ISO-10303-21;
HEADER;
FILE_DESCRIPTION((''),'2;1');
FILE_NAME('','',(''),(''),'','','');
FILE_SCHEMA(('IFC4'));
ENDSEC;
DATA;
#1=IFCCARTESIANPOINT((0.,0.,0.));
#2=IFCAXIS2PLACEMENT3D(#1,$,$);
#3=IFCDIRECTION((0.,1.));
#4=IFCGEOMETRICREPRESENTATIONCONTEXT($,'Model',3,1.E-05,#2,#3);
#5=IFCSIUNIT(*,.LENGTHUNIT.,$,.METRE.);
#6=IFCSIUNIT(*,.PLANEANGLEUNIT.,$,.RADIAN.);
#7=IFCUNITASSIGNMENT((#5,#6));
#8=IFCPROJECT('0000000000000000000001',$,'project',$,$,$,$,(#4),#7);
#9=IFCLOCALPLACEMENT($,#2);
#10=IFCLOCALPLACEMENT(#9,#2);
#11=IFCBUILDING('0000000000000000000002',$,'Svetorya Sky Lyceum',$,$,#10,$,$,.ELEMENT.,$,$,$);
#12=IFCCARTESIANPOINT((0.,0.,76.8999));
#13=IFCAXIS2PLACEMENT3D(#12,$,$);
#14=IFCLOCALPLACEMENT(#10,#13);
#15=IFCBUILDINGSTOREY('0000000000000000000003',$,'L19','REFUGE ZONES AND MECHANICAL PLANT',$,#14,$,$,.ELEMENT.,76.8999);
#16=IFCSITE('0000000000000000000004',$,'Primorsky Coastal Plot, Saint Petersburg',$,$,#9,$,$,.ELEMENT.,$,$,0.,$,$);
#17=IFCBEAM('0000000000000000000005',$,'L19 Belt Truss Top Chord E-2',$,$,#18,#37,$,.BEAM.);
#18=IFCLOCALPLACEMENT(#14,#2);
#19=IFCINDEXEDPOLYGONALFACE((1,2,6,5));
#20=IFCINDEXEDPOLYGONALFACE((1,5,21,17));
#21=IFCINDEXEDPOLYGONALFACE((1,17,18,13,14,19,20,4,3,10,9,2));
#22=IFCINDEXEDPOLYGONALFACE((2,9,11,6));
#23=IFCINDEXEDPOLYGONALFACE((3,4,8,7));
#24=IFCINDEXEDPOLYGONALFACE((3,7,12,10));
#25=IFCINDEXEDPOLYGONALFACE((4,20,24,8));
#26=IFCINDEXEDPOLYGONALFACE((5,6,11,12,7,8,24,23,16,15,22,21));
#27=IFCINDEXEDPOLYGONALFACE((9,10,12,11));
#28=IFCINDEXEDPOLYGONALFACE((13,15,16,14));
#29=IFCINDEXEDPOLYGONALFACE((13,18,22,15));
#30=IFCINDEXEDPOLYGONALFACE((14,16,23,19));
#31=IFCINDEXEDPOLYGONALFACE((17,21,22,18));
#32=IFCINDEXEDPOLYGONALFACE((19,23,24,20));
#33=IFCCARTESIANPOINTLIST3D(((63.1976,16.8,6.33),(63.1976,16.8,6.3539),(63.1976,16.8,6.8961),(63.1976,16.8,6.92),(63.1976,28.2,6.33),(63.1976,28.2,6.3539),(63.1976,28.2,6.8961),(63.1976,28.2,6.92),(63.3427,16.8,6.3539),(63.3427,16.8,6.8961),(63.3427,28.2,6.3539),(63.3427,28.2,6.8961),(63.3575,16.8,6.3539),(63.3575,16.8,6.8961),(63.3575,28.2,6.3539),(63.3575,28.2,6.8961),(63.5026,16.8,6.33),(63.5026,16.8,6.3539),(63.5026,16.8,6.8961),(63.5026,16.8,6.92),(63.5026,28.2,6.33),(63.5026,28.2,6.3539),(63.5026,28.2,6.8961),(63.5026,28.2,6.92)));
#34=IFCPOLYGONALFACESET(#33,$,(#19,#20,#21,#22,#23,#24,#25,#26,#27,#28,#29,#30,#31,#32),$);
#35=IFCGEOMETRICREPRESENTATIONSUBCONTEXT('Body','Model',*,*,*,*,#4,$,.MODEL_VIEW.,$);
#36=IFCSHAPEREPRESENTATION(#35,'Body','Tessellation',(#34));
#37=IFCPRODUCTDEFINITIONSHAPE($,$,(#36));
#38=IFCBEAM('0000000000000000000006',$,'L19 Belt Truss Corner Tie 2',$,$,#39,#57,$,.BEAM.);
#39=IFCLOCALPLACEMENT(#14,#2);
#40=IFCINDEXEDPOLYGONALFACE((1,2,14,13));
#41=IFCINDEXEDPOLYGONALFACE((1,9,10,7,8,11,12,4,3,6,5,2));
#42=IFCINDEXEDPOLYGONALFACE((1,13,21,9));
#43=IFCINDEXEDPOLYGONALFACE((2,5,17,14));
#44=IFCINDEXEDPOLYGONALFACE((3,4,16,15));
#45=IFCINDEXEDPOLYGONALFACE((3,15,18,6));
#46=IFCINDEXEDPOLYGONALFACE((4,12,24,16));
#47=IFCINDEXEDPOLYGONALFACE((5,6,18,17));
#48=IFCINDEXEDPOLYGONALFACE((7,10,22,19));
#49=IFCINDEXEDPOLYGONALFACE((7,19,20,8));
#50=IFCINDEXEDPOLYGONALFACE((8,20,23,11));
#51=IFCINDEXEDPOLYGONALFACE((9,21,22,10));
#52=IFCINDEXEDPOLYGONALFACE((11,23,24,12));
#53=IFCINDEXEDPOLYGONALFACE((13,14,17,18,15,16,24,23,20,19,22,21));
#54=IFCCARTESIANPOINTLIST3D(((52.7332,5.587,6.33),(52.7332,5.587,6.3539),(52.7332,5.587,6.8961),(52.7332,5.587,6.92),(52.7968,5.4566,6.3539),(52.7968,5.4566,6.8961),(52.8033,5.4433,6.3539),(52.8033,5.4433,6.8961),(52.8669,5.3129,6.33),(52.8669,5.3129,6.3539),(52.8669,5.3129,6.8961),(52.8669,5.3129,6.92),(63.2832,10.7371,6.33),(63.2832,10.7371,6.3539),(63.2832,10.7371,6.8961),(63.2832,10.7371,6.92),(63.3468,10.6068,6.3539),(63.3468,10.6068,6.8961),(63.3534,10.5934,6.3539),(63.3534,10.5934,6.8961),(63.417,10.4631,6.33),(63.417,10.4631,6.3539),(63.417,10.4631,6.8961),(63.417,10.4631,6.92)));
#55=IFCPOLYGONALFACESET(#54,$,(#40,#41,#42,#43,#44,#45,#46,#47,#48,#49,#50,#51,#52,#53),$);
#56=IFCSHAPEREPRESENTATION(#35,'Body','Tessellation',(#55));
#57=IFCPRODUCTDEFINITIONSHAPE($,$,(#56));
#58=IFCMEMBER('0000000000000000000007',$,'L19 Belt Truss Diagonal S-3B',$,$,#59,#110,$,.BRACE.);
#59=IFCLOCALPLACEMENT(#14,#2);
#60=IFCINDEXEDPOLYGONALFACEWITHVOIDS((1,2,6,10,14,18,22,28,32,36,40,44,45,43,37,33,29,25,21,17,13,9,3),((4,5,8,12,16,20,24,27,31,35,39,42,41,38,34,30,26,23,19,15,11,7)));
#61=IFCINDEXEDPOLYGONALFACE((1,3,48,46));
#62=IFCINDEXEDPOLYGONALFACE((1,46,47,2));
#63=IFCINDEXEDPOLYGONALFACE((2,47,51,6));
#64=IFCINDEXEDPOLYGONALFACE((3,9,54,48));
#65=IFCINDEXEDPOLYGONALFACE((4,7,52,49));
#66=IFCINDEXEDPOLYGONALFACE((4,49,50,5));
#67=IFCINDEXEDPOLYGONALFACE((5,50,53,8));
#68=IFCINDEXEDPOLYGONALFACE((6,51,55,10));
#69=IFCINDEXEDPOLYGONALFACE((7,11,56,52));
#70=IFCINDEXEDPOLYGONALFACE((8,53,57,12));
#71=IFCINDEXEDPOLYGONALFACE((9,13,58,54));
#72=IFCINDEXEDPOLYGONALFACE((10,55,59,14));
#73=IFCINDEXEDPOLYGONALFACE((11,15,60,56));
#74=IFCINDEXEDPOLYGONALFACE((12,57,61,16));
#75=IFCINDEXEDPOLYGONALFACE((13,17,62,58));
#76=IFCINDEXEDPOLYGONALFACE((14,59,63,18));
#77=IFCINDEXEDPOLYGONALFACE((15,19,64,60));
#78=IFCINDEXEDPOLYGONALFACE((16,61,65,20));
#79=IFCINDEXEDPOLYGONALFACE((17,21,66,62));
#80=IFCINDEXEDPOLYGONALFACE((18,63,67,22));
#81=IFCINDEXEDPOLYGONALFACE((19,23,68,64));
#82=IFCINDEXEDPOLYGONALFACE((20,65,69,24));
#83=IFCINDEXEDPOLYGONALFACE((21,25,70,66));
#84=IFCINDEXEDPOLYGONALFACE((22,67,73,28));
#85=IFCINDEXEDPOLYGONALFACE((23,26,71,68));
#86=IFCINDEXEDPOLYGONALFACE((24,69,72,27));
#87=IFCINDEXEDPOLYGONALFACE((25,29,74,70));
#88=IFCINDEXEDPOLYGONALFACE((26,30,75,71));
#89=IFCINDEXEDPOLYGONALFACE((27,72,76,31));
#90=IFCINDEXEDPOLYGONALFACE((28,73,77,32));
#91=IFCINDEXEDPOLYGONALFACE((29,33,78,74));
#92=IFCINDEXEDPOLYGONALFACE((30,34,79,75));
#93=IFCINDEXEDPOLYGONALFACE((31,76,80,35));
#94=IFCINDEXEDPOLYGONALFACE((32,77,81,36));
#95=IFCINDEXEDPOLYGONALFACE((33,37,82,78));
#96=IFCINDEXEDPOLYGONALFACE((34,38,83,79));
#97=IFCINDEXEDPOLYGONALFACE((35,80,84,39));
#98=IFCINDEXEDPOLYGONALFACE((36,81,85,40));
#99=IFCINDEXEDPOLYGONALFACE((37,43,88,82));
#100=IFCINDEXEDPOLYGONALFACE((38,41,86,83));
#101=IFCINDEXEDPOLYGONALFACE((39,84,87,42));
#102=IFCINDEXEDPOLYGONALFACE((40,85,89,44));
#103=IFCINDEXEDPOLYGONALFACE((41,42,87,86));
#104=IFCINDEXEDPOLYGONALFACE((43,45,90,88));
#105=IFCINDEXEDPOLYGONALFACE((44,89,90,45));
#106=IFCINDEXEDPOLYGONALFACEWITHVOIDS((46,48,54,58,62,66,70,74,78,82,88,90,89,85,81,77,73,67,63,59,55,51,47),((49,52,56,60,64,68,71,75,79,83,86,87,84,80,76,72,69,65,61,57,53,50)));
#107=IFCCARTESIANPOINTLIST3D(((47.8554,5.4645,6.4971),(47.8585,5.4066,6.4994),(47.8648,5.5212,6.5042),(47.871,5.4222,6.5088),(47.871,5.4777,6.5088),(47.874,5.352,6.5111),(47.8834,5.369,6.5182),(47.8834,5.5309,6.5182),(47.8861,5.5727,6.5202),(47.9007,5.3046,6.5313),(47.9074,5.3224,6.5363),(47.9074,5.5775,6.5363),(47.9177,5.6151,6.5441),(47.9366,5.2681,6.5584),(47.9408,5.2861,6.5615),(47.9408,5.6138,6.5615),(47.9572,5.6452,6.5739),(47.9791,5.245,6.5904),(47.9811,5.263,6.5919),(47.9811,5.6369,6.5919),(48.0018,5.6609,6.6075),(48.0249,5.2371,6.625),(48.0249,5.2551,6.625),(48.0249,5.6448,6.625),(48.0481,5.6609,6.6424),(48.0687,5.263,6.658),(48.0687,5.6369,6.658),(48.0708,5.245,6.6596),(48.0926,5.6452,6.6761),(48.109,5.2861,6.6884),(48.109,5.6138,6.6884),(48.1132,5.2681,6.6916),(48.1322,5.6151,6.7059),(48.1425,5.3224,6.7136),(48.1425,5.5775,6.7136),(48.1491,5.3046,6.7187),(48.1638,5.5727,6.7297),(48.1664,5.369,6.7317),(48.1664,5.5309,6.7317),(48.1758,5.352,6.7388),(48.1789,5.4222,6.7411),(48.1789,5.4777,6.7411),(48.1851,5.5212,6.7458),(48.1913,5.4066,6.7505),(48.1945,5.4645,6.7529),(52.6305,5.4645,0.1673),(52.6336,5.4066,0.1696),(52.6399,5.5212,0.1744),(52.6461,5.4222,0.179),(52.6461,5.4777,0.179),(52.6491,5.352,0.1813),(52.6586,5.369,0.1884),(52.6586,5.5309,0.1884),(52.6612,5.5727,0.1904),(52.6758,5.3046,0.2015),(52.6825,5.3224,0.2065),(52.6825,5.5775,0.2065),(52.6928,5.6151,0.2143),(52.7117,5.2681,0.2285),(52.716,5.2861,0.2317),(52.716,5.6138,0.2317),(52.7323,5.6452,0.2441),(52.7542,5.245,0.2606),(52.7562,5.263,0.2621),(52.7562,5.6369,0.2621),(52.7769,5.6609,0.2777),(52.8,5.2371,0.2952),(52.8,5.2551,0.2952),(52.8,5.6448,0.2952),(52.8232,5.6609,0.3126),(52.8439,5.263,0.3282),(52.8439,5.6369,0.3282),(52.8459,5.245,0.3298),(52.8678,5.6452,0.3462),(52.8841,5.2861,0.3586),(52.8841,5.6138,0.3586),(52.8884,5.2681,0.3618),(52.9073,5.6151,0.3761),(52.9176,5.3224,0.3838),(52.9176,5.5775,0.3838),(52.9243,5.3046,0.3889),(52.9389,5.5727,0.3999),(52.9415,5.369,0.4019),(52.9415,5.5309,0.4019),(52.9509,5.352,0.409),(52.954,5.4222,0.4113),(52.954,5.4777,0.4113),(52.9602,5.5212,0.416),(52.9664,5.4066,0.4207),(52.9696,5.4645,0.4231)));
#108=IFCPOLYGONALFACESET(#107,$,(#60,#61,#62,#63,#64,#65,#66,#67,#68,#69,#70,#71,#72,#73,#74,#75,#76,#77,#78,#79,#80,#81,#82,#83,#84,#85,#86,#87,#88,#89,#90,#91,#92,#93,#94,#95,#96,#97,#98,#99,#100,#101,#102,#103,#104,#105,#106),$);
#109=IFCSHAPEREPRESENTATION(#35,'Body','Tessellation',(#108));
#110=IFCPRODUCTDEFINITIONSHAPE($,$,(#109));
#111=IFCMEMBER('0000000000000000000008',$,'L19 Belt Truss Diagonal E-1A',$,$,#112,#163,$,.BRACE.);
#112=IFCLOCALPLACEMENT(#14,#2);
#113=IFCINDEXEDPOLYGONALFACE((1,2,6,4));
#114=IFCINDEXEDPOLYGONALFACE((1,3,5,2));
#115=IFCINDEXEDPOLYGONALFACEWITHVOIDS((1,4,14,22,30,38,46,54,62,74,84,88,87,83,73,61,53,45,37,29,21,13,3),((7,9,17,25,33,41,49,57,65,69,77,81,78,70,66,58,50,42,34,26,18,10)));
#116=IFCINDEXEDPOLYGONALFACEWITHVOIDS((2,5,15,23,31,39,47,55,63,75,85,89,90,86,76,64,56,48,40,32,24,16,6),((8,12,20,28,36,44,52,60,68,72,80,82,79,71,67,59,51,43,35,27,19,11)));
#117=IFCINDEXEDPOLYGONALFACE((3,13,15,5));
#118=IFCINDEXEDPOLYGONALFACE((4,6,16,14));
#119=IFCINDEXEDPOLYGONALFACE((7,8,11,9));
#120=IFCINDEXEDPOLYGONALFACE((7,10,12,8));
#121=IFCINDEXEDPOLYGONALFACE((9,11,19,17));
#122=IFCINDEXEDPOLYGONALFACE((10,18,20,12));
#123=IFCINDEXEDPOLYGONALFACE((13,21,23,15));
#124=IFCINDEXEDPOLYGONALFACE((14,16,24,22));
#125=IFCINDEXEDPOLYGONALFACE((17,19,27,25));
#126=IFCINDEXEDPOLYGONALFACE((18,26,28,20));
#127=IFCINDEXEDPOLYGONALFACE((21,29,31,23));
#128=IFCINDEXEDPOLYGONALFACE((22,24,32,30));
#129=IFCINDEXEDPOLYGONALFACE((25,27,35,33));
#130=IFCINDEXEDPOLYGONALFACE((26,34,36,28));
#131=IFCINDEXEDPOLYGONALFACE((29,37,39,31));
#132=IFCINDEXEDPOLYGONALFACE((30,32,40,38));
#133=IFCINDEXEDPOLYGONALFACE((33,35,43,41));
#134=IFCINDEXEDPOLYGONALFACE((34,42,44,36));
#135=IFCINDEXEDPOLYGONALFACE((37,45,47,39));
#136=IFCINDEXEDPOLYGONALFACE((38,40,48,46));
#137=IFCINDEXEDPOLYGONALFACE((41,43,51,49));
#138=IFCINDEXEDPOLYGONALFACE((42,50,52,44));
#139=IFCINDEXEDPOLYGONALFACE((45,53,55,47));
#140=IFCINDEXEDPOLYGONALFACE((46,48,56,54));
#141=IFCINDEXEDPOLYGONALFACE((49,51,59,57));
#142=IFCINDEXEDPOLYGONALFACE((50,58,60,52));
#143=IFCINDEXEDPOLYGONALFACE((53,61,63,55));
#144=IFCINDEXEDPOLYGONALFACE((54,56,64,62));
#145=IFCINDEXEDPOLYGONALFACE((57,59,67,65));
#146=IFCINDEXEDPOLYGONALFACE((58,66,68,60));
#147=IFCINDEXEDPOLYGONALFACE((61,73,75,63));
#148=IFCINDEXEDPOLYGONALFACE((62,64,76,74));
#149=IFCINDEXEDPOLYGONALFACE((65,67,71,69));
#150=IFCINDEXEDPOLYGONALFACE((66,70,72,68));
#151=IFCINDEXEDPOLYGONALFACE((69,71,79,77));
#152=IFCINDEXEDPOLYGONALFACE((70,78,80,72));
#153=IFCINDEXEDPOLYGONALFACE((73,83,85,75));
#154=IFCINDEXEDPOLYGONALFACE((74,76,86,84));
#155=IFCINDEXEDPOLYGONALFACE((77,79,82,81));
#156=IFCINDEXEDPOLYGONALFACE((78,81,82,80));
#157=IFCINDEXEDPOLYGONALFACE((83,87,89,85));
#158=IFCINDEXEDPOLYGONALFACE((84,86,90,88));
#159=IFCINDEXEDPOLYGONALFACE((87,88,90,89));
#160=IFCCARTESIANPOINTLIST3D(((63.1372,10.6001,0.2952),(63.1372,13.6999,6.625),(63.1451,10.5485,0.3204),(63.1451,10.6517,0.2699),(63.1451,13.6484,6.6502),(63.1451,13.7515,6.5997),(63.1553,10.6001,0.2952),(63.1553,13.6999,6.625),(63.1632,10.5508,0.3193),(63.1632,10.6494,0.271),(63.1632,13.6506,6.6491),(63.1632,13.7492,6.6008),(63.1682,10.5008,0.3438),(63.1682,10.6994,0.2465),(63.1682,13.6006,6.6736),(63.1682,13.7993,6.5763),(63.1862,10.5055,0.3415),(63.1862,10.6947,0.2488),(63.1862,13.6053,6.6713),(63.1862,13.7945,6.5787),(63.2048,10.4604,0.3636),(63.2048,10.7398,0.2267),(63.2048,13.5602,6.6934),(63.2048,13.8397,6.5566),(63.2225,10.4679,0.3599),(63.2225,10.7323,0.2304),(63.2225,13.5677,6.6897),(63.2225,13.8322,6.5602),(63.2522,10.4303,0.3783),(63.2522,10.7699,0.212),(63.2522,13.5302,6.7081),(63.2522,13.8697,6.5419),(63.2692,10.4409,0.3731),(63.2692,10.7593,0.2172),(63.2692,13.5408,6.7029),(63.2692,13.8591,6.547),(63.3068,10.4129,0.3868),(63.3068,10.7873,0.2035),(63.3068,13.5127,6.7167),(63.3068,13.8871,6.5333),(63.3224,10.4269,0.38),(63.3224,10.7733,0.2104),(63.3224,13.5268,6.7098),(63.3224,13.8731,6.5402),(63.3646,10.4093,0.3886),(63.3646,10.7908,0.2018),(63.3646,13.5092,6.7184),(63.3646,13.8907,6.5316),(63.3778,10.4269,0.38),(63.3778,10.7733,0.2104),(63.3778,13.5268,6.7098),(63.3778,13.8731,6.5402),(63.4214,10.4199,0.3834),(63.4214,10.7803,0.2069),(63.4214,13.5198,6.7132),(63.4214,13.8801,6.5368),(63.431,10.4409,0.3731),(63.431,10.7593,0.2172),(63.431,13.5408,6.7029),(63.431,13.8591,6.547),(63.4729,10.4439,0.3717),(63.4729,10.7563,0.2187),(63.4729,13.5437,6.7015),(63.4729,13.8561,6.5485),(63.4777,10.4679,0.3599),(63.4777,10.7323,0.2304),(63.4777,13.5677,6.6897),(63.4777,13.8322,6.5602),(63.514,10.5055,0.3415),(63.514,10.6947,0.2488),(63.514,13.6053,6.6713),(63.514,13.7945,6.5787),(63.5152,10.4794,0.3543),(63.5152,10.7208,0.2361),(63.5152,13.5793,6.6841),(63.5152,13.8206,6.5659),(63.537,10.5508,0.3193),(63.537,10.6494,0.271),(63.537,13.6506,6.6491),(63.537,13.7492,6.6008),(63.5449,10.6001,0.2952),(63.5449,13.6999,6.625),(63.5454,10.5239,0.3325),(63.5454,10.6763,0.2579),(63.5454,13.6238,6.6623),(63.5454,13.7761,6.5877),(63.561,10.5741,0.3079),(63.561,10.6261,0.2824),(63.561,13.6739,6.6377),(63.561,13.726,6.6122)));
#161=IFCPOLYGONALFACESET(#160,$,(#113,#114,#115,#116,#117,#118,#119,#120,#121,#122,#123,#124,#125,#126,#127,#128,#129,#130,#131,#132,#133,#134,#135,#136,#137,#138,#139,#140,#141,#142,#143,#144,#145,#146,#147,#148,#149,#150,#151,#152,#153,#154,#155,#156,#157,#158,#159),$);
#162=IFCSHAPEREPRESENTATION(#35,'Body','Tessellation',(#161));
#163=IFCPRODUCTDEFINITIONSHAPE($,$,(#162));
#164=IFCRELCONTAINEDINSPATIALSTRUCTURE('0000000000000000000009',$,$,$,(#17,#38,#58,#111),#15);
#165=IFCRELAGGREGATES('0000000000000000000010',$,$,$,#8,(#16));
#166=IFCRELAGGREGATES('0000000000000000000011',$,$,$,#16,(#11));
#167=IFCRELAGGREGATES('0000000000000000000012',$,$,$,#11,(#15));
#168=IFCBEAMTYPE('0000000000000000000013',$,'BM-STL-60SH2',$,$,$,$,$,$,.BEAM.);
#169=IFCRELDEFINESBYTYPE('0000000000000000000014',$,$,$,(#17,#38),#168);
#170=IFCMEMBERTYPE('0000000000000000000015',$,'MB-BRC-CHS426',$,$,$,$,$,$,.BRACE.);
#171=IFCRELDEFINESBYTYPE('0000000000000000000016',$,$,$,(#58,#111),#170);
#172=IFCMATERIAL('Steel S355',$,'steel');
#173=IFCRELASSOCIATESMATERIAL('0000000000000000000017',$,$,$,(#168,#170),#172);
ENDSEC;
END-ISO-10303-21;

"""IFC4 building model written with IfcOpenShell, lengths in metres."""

from ifc_helpers import new_model, si_unit, direction, frame, origin, origin_2d, place, context, subcontext, project, spatial, hollow_circle, i_section, extrude, material, material_profile, profile_set, type_object, element, save


model = new_model("IFC4")

# Units and contexts
model_context = context("Model", 3, precision=1e-05, world=origin(), true_north=direction((0.0, 1.0)))
body_context = subcontext(model_context, "Body", "Model", "MODEL_VIEW")
ifc_project = project(units=[si_unit("LENGTHUNIT", "METRE"), si_unit("PLANEANGLEUNIT", "RADIAN")], contexts=[model_context])

# Site, building, storey
site_placement = place(None, origin())
site = spatial("IfcSite", under=ifc_project, at=site_placement, Name="Primorsky Coastal Plot, Saint Petersburg", CompositionType="ELEMENT", RefElevation=0.0)
building_placement = place(site_placement, origin())
building = spatial("IfcBuilding", under=site, at=building_placement, Name="Svetorya Sky Lyceum", CompositionType="ELEMENT")
storey_placement = place(building_placement, frame((0.0, 0.0, 76.8999)))
storey = spatial("IfcBuildingStorey", under=building, at=storey_placement, Name="L19", Description="REFUGE ZONES AND MECHANICAL PLANT", CompositionType="ELEMENT", Elevation=76.8999)

# Beams
ifc_material_1 = material(Name="Steel S355", Category="steel")
ifc_material_profile_1 = material_profile(ifc_material_1, i_section(OverallWidth=0.3049, OverallDepth=0.5901, WebThickness=0.0149, FlangeThickness=0.0239, at=origin_2d()), Name="GOST 60Sh2")
ifc_profile_set_1 = profile_set([ifc_material_profile_1], Name="Steel S355")
beam_type_1 = type_object("IfcBeamType", Name="BM-STL-60SH2", PredefinedType="BEAM", material=ifc_profile_set_1)
for number, where, z_axis, x_axis, name in (
    (1, (63.3501, 16.8, 6.625), (0.0, 1.0, 0.0), (-1.0, 0.0, 0.0), "L19 Belt Truss Top Chord E-2"),
):
    element("IfcBeam", number, at=place(storey_placement, frame(where, z_axis=z_axis, x_axis=x_axis)), inside=storey, type_object=beam_type_1, Name=name, PredefinedType="BEAM", context=body_context, shape_type="SweptSolid", body=[
        extrude(i_section(OverallWidth=0.3049, OverallDepth=0.5901, WebThickness=0.0149, FlangeThickness=0.0239, at=origin_2d()), origin(), (0.0, 0.0, 1.0), 11.3999),
    ])
beam_1_placement = place(storey_placement, frame((52.8, 5.45, 6.625), z_axis=(0.898641, 0.438684, 0.0), x_axis=(-0.438684, 0.898641, 0.0)))
element("IfcBeam", 2, at=beam_1_placement, inside=storey, type_object=beam_type_1, Name="L19 Belt Truss Corner Tie 2", PredefinedType="BEAM", context=body_context, shape_type="SweptSolid", body=[
    extrude(i_section(OverallWidth=0.3049, OverallDepth=0.5901, WebThickness=0.0149, FlangeThickness=0.0239, at=origin_2d()), origin(), (0.0, 0.0, 1.0), 11.74),
])

# Members
ifc_material_profile_2 = material_profile(ifc_material_1, hollow_circle(Radius=0.2129, WallThickness=0.0181, at=origin_2d()), Name="CHS 426x18")
ifc_profile_set_2 = profile_set([ifc_material_profile_2], Name="Steel S355")
member_type_1 = type_object("IfcMemberType", Name="MB-BRC-CHS426", PredefinedType="BRACE", material=ifc_profile_set_2)
member_1_placement = place(storey_placement, frame((52.8, 5.45, 0.2952), z_axis=(-0.602239, 0.0, 0.798316), x_axis=(0.0, -1.0, 0.0)))
element("IfcMember", 3, at=member_1_placement, inside=storey, type_object=member_type_1, Name="L19 Belt Truss Diagonal S-3B", PredefinedType="BRACE", context=body_context, shape_type="SweptSolid", body=[
    extrude(hollow_circle(Radius=0.2129, WallThickness=0.0181, at=origin_2d()), origin(), (0.0, 0.0, 1.0), 7.929),
])
member_2_placement = place(storey_placement, frame((63.3501, 10.6001, 0.2952), z_axis=(0.0, 0.439813, 0.898089), x_axis=(-1.0, 0.0, 0.0)))
element("IfcMember", 4, at=member_2_placement, inside=storey, type_object=member_type_1, Name="L19 Belt Truss Diagonal E-1A", PredefinedType="BRACE", context=body_context, shape_type="SweptSolid", body=[
    extrude(hollow_circle(Radius=0.2129, WallThickness=0.0181, at=origin_2d()), origin(), (0.0, 0.0, 1.0), 7.0481),
])

save(model, "model.ifc")
